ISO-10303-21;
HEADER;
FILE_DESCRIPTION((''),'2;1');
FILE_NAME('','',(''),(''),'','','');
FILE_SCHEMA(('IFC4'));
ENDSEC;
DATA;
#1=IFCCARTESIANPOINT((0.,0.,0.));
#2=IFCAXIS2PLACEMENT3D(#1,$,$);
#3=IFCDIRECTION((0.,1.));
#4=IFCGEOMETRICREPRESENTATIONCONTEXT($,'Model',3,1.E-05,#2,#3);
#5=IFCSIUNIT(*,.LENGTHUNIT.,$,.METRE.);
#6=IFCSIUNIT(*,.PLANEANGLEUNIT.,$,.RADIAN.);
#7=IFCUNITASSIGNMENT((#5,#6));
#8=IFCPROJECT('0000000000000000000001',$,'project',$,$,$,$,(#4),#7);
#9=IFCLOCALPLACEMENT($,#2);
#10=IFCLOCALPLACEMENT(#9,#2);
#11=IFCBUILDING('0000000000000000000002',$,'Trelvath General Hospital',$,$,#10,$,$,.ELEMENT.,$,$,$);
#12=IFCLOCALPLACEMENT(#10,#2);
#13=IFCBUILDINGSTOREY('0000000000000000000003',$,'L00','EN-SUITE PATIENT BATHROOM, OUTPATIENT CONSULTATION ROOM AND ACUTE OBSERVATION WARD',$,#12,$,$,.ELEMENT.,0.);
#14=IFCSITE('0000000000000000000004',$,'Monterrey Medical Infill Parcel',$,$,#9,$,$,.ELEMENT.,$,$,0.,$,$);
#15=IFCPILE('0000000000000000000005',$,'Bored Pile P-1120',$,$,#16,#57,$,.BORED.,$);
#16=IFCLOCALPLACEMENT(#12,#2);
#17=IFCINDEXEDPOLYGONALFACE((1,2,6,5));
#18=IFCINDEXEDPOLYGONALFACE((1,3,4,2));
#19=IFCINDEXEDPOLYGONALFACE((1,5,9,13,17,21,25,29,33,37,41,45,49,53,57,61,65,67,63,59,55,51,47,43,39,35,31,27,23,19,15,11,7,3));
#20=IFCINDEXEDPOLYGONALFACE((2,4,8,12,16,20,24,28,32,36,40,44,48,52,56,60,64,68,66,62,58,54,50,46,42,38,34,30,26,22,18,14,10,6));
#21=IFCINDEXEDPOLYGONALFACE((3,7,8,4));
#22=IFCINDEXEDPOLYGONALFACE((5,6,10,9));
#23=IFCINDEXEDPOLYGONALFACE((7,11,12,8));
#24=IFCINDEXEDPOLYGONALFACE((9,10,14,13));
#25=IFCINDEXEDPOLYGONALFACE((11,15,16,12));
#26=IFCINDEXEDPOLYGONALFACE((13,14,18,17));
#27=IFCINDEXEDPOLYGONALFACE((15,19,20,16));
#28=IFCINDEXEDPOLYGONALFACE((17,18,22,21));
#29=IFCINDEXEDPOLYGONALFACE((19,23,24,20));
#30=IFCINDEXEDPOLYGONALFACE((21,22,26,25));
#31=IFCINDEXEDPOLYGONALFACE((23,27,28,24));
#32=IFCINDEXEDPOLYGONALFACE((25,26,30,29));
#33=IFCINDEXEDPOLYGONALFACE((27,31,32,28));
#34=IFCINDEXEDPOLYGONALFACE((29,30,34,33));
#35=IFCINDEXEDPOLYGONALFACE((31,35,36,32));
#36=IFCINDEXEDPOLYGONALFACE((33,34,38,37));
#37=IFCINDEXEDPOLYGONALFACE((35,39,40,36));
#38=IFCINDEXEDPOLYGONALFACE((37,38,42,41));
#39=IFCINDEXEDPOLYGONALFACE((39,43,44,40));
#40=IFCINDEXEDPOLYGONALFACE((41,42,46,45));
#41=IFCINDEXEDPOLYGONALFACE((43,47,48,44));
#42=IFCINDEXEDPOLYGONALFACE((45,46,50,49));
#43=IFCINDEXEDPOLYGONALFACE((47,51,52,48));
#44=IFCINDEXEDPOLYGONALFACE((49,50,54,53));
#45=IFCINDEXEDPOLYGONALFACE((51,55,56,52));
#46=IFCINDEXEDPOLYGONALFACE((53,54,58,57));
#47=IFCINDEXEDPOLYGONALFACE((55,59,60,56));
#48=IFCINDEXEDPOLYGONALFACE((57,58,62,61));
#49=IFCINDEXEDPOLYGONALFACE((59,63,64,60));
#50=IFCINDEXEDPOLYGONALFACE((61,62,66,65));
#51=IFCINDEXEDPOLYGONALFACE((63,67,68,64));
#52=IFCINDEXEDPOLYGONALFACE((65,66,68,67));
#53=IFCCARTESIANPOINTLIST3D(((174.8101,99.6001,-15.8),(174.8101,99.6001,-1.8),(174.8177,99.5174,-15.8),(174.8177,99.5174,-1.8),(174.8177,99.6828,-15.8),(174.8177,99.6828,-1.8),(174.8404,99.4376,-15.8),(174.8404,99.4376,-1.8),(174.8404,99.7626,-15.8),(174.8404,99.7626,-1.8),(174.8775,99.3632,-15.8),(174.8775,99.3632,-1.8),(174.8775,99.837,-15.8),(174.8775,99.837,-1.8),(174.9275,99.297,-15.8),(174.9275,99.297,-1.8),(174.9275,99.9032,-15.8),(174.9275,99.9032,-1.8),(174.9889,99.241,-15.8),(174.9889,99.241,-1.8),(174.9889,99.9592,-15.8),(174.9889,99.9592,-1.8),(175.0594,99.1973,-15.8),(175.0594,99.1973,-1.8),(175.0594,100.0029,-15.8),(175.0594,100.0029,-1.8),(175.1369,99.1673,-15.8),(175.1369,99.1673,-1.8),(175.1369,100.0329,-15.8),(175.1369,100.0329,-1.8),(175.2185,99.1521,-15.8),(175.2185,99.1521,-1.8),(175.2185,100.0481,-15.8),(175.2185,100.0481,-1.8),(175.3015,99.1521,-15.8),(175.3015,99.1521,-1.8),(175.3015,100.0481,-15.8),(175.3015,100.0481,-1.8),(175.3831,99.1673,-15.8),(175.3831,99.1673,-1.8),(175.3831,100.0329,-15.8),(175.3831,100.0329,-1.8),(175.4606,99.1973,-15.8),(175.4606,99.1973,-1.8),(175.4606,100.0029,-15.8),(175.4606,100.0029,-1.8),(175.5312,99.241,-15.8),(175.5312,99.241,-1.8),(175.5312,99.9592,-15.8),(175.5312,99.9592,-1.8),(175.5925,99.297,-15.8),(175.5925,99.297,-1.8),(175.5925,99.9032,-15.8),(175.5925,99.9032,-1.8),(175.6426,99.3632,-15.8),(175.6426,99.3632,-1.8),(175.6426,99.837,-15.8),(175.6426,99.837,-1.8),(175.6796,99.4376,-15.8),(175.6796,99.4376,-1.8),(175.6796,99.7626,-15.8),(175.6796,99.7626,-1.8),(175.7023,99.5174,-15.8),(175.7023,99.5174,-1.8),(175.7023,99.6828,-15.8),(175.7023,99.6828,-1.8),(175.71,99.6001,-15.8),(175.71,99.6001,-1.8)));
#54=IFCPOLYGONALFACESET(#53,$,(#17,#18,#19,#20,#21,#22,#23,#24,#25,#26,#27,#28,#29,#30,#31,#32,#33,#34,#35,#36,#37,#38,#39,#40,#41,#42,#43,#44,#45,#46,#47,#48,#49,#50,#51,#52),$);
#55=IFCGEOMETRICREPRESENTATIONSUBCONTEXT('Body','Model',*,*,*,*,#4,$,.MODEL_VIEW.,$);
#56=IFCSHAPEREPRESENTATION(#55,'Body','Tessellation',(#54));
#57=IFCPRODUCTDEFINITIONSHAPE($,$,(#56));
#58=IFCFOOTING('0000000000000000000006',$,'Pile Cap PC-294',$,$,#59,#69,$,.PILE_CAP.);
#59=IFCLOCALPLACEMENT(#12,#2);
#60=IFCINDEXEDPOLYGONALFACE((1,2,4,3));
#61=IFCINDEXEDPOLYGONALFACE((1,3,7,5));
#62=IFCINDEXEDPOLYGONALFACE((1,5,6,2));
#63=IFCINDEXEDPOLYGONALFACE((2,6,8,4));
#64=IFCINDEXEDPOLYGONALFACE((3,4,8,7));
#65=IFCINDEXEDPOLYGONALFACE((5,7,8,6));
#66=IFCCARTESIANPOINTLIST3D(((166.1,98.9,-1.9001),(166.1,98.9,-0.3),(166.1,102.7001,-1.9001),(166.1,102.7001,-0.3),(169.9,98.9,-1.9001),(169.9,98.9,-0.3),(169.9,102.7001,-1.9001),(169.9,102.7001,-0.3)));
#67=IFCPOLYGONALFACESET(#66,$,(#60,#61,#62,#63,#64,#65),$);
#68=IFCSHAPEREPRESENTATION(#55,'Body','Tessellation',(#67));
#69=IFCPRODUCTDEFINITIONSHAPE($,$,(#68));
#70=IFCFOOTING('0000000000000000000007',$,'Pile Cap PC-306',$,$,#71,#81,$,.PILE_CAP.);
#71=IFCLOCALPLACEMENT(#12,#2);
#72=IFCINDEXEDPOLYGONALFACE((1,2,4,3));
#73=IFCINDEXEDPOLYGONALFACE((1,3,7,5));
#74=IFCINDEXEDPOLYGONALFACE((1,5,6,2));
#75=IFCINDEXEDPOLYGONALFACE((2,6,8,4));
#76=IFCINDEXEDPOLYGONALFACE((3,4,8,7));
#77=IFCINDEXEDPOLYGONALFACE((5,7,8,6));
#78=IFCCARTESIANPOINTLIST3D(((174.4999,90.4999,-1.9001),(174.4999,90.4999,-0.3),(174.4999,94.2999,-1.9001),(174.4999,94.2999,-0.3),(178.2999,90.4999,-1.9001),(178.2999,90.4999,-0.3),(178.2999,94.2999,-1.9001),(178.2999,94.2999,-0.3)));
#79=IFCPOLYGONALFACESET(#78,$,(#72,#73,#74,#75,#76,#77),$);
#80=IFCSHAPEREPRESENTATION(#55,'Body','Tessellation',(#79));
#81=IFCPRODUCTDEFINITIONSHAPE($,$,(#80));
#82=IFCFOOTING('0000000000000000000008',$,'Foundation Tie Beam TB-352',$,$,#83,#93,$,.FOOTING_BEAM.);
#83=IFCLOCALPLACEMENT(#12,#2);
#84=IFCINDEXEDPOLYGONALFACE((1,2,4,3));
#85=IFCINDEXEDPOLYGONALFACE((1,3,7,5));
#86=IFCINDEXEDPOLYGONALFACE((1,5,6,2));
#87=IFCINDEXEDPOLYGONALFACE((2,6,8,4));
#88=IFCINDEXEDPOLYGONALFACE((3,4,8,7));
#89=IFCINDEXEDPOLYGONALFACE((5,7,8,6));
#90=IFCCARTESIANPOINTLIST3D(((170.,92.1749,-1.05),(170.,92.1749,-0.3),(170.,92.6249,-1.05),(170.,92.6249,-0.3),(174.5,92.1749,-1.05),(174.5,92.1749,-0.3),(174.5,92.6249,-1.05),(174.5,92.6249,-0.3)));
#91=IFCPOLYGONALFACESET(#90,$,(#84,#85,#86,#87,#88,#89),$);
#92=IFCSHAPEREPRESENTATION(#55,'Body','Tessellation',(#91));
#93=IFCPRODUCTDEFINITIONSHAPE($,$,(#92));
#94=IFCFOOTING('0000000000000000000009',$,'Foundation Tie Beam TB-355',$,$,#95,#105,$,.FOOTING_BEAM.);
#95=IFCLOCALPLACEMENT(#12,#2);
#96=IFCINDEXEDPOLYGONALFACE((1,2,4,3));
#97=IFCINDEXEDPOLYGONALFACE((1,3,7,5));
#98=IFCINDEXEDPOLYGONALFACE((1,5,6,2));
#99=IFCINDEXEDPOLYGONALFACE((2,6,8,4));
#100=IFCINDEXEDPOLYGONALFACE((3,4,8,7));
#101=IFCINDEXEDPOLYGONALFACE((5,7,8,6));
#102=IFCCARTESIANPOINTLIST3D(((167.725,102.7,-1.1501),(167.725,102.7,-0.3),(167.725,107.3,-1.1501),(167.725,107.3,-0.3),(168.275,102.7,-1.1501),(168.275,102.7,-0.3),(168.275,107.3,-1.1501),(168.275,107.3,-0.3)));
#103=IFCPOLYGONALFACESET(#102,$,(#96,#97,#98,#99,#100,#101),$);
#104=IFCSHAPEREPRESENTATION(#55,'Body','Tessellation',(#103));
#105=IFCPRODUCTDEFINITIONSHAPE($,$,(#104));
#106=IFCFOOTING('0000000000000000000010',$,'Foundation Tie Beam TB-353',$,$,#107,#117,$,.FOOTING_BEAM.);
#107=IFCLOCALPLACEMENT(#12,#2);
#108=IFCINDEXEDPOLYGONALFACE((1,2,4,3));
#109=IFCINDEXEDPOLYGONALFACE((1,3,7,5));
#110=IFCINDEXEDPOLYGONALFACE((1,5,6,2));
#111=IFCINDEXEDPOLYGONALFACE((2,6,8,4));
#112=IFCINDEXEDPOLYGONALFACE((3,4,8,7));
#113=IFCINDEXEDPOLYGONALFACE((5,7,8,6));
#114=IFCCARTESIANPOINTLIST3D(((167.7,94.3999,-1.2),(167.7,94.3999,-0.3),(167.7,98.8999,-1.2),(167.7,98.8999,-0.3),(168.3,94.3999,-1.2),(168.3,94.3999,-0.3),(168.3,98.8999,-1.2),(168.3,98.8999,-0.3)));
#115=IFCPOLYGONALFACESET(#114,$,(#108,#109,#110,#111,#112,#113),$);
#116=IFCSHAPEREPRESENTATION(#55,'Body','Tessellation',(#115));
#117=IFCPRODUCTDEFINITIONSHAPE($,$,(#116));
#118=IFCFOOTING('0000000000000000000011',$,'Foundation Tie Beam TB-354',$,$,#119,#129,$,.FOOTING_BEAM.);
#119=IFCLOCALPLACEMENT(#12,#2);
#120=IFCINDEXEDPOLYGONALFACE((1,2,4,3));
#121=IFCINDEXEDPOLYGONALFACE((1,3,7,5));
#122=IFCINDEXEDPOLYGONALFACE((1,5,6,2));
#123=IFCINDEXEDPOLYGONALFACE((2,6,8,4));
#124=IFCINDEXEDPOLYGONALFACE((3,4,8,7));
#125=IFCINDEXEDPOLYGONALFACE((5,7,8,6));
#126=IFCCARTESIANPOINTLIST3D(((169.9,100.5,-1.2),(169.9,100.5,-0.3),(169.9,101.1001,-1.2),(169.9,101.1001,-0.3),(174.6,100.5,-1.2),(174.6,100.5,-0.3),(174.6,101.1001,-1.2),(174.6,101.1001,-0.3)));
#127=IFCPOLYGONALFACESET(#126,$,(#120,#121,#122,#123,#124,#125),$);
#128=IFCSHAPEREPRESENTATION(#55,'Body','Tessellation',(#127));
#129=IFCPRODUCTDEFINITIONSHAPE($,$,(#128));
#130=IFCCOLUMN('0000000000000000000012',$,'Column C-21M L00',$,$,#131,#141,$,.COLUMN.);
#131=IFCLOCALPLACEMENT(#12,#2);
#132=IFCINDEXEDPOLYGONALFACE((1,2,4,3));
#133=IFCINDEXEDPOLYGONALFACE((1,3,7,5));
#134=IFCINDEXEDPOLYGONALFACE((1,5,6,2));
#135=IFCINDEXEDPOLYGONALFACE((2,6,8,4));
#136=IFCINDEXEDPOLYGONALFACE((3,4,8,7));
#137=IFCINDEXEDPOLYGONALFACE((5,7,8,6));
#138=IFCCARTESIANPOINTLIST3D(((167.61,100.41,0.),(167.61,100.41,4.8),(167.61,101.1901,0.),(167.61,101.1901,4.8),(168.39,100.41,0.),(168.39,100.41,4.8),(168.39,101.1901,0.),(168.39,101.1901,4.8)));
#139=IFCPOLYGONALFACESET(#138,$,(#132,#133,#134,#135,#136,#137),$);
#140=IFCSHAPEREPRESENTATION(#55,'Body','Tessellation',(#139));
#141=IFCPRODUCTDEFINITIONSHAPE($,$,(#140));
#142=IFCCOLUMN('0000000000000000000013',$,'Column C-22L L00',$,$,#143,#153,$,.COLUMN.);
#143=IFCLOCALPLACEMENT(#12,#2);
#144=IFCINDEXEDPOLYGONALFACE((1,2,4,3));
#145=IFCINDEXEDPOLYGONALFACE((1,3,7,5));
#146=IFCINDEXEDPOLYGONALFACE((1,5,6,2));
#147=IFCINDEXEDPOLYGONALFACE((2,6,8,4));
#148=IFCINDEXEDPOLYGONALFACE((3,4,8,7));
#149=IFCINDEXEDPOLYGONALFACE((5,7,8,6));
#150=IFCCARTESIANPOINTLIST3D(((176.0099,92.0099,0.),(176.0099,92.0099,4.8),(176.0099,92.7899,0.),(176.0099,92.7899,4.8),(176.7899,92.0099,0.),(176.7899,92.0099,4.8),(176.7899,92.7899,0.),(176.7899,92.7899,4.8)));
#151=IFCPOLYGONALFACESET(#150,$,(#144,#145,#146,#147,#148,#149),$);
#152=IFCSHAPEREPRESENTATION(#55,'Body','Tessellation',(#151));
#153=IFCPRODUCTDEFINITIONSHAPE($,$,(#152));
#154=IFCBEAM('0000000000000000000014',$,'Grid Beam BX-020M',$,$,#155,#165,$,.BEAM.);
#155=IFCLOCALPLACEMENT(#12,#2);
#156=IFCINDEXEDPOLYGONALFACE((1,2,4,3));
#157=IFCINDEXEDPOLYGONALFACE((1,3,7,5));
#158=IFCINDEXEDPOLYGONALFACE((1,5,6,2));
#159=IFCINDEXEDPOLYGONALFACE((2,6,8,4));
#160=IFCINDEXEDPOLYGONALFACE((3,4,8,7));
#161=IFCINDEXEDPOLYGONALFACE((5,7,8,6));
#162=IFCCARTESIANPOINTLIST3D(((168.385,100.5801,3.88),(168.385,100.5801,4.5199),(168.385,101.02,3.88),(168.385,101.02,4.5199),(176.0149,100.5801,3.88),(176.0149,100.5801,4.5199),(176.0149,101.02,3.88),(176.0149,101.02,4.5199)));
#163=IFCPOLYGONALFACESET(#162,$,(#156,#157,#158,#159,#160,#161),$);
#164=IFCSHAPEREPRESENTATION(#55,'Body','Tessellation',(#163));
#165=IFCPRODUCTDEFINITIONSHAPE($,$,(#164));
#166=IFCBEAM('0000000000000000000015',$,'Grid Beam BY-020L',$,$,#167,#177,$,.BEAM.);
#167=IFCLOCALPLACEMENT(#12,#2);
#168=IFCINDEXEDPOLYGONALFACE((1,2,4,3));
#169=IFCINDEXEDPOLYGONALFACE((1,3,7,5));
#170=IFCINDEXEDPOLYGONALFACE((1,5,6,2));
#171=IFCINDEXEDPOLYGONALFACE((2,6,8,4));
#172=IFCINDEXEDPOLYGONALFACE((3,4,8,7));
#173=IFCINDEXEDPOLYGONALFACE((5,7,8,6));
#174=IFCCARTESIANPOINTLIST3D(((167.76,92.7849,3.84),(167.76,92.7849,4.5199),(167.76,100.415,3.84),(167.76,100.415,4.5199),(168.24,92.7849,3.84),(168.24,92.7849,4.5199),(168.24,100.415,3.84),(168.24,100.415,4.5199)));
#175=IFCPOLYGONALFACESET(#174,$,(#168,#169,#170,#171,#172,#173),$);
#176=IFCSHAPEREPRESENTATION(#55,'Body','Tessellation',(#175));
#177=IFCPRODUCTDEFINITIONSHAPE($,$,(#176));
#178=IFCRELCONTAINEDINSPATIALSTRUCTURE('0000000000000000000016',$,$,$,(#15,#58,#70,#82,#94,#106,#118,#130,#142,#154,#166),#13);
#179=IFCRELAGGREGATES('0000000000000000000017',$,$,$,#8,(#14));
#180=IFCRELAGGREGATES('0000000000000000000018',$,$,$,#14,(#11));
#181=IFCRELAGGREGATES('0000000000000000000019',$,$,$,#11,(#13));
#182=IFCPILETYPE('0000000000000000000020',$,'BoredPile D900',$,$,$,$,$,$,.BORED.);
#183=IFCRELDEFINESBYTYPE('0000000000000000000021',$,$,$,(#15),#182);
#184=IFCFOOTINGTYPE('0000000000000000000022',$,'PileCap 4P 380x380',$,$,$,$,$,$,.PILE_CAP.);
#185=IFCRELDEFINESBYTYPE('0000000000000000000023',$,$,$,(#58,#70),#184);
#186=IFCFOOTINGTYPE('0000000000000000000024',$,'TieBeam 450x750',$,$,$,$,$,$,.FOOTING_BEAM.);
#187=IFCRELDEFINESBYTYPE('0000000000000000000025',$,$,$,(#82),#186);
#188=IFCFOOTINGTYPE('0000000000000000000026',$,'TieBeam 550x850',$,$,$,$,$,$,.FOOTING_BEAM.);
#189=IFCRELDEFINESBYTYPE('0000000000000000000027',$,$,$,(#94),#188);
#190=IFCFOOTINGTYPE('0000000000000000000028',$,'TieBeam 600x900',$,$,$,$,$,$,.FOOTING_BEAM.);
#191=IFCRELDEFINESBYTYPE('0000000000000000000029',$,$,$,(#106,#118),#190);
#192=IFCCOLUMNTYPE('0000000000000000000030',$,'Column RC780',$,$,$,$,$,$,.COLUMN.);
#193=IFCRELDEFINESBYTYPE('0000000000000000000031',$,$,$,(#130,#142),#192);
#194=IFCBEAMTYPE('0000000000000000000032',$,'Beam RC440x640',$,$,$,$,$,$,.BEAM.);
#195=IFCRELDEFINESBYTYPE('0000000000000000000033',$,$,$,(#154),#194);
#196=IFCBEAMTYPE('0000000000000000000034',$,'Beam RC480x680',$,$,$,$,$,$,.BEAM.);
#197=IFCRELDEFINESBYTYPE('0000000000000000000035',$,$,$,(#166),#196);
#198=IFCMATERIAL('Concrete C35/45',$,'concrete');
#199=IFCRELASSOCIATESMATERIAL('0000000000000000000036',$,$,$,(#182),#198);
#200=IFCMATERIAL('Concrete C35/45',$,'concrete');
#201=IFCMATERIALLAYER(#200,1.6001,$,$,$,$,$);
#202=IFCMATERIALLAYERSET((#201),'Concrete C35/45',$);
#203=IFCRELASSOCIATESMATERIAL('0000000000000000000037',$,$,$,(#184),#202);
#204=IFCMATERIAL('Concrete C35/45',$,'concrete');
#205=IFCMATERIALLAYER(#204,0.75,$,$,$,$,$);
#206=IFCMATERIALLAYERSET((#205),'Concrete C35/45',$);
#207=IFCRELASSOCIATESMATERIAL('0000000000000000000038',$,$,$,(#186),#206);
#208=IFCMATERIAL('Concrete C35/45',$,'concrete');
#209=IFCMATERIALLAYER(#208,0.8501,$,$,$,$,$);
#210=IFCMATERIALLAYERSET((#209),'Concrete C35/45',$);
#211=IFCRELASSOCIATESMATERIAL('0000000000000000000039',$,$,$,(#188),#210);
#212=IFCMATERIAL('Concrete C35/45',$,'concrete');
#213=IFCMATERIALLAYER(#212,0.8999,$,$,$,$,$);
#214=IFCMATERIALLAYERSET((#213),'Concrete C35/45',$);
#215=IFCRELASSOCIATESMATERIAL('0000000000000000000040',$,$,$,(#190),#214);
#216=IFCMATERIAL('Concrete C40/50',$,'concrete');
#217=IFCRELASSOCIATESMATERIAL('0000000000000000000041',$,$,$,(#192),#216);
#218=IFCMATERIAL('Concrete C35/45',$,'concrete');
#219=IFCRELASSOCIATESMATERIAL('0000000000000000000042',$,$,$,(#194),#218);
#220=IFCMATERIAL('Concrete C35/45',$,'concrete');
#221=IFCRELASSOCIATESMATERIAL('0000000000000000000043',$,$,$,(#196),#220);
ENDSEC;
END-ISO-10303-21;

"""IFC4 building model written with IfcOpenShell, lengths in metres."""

from ifc_helpers import new_model, si_unit, direction, frame, origin, origin_2d, place, context, subcontext, project, spatial, rectangle, circle, extrude, material, layer, layer_set, material_profile, profile_set, type_object, element, save


model = new_model("IFC4")

# Units and contexts
model_context = context("Model", 3, precision=1e-05, world=origin(), true_north=direction((0.0, 1.0)))
body_context = subcontext(model_context, "Body", "Model", "MODEL_VIEW")
ifc_project = project(units=[si_unit("LENGTHUNIT", "METRE"), si_unit("PLANEANGLEUNIT", "RADIAN")], contexts=[model_context])

# Site, building, storey
site_placement = place(None, origin())
site = spatial("IfcSite", under=ifc_project, at=site_placement, Name="Monterrey Medical Infill Parcel", CompositionType="ELEMENT", RefElevation=0.0)
building_placement = place(site_placement, origin())
building = spatial("IfcBuilding", under=site, at=building_placement, Name="Trelvath General Hospital", CompositionType="ELEMENT")
storey_placement = place(building_placement, origin())
storey = spatial("IfcBuildingStorey", under=building, at=storey_placement, Name="L00", Description="EN-SUITE PATIENT BATHROOM, OUTPATIENT CONSULTATION ROOM AND ACUTE OBSERVATION WARD", CompositionType="ELEMENT", Elevation=0.0)

# Pile
ifc_material_1 = material(Name="Concrete C35/45", Category="concrete")
ifc_material_profile_1 = material_profile(ifc_material_1, circle(Radius=0.45, at=origin_2d()), Name="PILE900")
ifc_profile_set_1 = profile_set([ifc_material_profile_1], Name="Concrete C35/45")
pile_type_1 = type_object("IfcPileType", Name="BoredPile D900", PredefinedType="BORED", material=ifc_profile_set_1)
for number, where, z_axis, x_axis, name in (
    (1, (175.26, 99.6001, -1.8), (0.0, 0.0, -1.0), (1.0, 0.0, 0.0), "Bored Pile P-1120"),
):
    element("IfcPile", number, at=place(storey_placement, frame(where, z_axis=z_axis, x_axis=x_axis)), inside=storey, type_object=pile_type_1, Name=name, PredefinedType="BORED", context=body_context, shape_type="SweptSolid", body=[
        extrude(circle(Radius=0.45, at=origin_2d()), origin(), (0.0, 0.0, 1.0), 14.0),
    ])

# Footings
ifc_material_2 = material(Name="Concrete C35/45", Category="concrete")
ifc_layer_1 = layer(ifc_material_2, 1.6001)
ifc_layer_set_1 = layer_set([ifc_layer_1], Name="Concrete C35/45")
footing_type_1 = type_object("IfcFootingType", Name="PileCap 4P 380x380", PredefinedType="PILE_CAP", material=ifc_layer_set_1)
for number, where, z_axis, x_axis, name in (
    (2, (168.0, 100.8, -1.9001), (0.0, 0.0, 1.0), (1.0, 0.0, 0.0), "Pile Cap PC-294"),
    (3, (176.3999, 92.3999, -1.9001), (0.0, 0.0, 1.0), (1.0, 0.0, 0.0), "Pile Cap PC-306"),
):
    element("IfcFooting", number, at=place(storey_placement, frame(where, z_axis=z_axis, x_axis=x_axis)), inside=storey, type_object=footing_type_1, Name=name, PredefinedType="PILE_CAP", context=body_context, shape_type="SweptSolid", body=[
        extrude(rectangle(XDim=3.8, YDim=3.8, at=origin_2d()), origin(), (0.0, 0.0, 1.0), 1.6001),
    ])
ifc_material_3 = material(Name="Concrete C35/45", Category="concrete")
ifc_layer_2 = layer(ifc_material_3, 0.75)
ifc_layer_set_2 = layer_set([ifc_layer_2], Name="Concrete C35/45")
footing_type_2 = type_object("IfcFootingType", Name="TieBeam 450x750", PredefinedType="FOOTING_BEAM", material=ifc_layer_set_2)
footing_1_placement = place(storey_placement, frame((172.25, 92.3999, -1.05), z_axis=(0.0, 0.0, 1.0), x_axis=(1.0, 0.0, 0.0)))
element("IfcFooting", 4, at=footing_1_placement, inside=storey, type_object=footing_type_2, Name="Foundation Tie Beam TB-352", PredefinedType="FOOTING_BEAM", context=body_context, shape_type="SweptSolid", body=[
    extrude(rectangle(XDim=4.5, YDim=0.45, at=origin_2d()), origin(), (0.0, 0.0, 1.0), 0.75),
])
ifc_material_4 = material(Name="Concrete C35/45", Category="concrete")
ifc_layer_3 = layer(ifc_material_4, 0.8501)
ifc_layer_set_3 = layer_set([ifc_layer_3], Name="Concrete C35/45")
footing_type_3 = type_object("IfcFootingType", Name="TieBeam 550x850", PredefinedType="FOOTING_BEAM", material=ifc_layer_set_3)
footing_2_placement = place(storey_placement, frame((168.0, 105.0, -1.1501), z_axis=(0.0, 0.0, 1.0), x_axis=(1.0, 0.0, 0.0)))
element("IfcFooting", 5, at=footing_2_placement, inside=storey, type_object=footing_type_3, Name="Foundation Tie Beam TB-355", PredefinedType="FOOTING_BEAM", context=body_context, shape_type="SweptSolid", body=[
    extrude(rectangle(XDim=0.55, YDim=4.6001, at=origin_2d()), origin(), (0.0, 0.0, 1.0), 0.8501),
])
ifc_material_5 = material(Name="Concrete C35/45", Category="concrete")
ifc_layer_4 = layer(ifc_material_5, 0.8999)
ifc_layer_set_4 = layer_set([ifc_layer_4], Name="Concrete C35/45")
footing_type_4 = type_object("IfcFootingType", Name="TieBeam 600x900", PredefinedType="FOOTING_BEAM", material=ifc_layer_set_4)
footing_3_placement = place(storey_placement, frame((168.0, 96.6499, -1.2), z_axis=(0.0, 0.0, 1.0), x_axis=(1.0, 0.0, 0.0)))
element("IfcFooting", 6, at=footing_3_placement, inside=storey, type_object=footing_type_4, Name="Foundation Tie Beam TB-353", PredefinedType="FOOTING_BEAM", context=body_context, shape_type="SweptSolid", body=[
    extrude(rectangle(XDim=0.6001, YDim=4.5, at=origin_2d()), origin(), (0.0, 0.0, 1.0), 0.8999),
])
footing_4_placement = place(storey_placement, frame((172.25, 100.8, -1.2), z_axis=(0.0, 0.0, 1.0), x_axis=(1.0, 0.0, 0.0)))
element("IfcFooting", 7, at=footing_4_placement, inside=storey, type_object=footing_type_4, Name="Foundation Tie Beam TB-354", PredefinedType="FOOTING_BEAM", context=body_context, shape_type="SweptSolid", body=[
    extrude(rectangle(XDim=4.7, YDim=0.6001, at=origin_2d()), origin(), (0.0, 0.0, 1.0), 0.8999),
])

# Columns
ifc_material_6 = material(Name="Concrete C40/50", Category="concrete")
ifc_material_profile_2 = material_profile(ifc_material_6, rectangle(XDim=0.78, YDim=0.78, at=origin_2d()), Name="RC780x780")
ifc_profile_set_2 = profile_set([ifc_material_profile_2], Name="Concrete C40/50")
column_type = type_object("IfcColumnType", Name="Column RC780", PredefinedType="COLUMN", material=ifc_profile_set_2)
for number, where, z_axis, x_axis, name in (
    (8, (168.0, 100.8, 0.0), (0.0, 0.0, 1.0), (1.0, 0.0, 0.0), "Column C-21M L00"),
    (9, (176.3999, 92.3999, 0.0), (0.0, 0.0, 1.0), (1.0, 0.0, 0.0), "Column C-22L L00"),
):
    element("IfcColumn", number, at=place(storey_placement, frame(where, z_axis=z_axis, x_axis=x_axis)), inside=storey, type_object=column_type, Name=name, PredefinedType="COLUMN", context=body_context, shape_type="SweptSolid", body=[
        extrude(rectangle(XDim=0.78, YDim=0.78, at=origin_2d()), origin(), (0.0, 0.0, 1.0), 4.8),
    ])

# Beams
ifc_material_7 = material(Name="Concrete C35/45", Category="concrete")
ifc_material_profile_3 = material_profile(ifc_material_7, rectangle(XDim=0.4399, YDim=0.6399, at=origin_2d()), Name="RCB440x640")
ifc_profile_set_3 = profile_set([ifc_material_profile_3], Name="Concrete C35/45")
beam_type_1 = type_object("IfcBeamType", Name="Beam RC440x640", PredefinedType="BEAM", material=ifc_profile_set_3)
beam_1_placement = place(storey_placement, frame((168.385, 100.8, 4.2), z_axis=(1.0, 0.0, 0.0), x_axis=(0.0, 1.0, 0.0)))
element("IfcBeam", 10, at=beam_1_placement, inside=storey, type_object=beam_type_1, Name="Grid Beam BX-020M", PredefinedType="BEAM", context=body_context, shape_type="SweptSolid", body=[
    extrude(rectangle(XDim=0.4399, YDim=0.6399, at=origin_2d()), origin(), (0.0, 0.0, 1.0), 7.6299),
])
ifc_material_8 = material(Name="Concrete C35/45", Category="concrete")
ifc_material_profile_4 = material_profile(ifc_material_8, rectangle(XDim=0.48, YDim=0.6799, at=origin_2d()), Name="RCB480x680")
ifc_profile_set_4 = profile_set([ifc_material_profile_4], Name="Concrete C35/45")
beam_type_2 = type_object("IfcBeamType", Name="Beam RC480x680", PredefinedType="BEAM", material=ifc_profile_set_4)
beam_2_placement = place(storey_placement, frame((168.0, 92.7849, 4.1799), z_axis=(0.0, 1.0, 0.0), x_axis=(-1.0, 0.0, 0.0)))
element("IfcBeam", 11, at=beam_2_placement, inside=storey, type_object=beam_type_2, Name="Grid Beam BY-020L", PredefinedType="BEAM", context=body_context, shape_type="SweptSolid", body=[
    extrude(rectangle(XDim=0.48, YDim=0.6799, at=origin_2d()), origin(), (0.0, 0.0, 1.0), 7.6301),
])

save(model, "model.ifc")
